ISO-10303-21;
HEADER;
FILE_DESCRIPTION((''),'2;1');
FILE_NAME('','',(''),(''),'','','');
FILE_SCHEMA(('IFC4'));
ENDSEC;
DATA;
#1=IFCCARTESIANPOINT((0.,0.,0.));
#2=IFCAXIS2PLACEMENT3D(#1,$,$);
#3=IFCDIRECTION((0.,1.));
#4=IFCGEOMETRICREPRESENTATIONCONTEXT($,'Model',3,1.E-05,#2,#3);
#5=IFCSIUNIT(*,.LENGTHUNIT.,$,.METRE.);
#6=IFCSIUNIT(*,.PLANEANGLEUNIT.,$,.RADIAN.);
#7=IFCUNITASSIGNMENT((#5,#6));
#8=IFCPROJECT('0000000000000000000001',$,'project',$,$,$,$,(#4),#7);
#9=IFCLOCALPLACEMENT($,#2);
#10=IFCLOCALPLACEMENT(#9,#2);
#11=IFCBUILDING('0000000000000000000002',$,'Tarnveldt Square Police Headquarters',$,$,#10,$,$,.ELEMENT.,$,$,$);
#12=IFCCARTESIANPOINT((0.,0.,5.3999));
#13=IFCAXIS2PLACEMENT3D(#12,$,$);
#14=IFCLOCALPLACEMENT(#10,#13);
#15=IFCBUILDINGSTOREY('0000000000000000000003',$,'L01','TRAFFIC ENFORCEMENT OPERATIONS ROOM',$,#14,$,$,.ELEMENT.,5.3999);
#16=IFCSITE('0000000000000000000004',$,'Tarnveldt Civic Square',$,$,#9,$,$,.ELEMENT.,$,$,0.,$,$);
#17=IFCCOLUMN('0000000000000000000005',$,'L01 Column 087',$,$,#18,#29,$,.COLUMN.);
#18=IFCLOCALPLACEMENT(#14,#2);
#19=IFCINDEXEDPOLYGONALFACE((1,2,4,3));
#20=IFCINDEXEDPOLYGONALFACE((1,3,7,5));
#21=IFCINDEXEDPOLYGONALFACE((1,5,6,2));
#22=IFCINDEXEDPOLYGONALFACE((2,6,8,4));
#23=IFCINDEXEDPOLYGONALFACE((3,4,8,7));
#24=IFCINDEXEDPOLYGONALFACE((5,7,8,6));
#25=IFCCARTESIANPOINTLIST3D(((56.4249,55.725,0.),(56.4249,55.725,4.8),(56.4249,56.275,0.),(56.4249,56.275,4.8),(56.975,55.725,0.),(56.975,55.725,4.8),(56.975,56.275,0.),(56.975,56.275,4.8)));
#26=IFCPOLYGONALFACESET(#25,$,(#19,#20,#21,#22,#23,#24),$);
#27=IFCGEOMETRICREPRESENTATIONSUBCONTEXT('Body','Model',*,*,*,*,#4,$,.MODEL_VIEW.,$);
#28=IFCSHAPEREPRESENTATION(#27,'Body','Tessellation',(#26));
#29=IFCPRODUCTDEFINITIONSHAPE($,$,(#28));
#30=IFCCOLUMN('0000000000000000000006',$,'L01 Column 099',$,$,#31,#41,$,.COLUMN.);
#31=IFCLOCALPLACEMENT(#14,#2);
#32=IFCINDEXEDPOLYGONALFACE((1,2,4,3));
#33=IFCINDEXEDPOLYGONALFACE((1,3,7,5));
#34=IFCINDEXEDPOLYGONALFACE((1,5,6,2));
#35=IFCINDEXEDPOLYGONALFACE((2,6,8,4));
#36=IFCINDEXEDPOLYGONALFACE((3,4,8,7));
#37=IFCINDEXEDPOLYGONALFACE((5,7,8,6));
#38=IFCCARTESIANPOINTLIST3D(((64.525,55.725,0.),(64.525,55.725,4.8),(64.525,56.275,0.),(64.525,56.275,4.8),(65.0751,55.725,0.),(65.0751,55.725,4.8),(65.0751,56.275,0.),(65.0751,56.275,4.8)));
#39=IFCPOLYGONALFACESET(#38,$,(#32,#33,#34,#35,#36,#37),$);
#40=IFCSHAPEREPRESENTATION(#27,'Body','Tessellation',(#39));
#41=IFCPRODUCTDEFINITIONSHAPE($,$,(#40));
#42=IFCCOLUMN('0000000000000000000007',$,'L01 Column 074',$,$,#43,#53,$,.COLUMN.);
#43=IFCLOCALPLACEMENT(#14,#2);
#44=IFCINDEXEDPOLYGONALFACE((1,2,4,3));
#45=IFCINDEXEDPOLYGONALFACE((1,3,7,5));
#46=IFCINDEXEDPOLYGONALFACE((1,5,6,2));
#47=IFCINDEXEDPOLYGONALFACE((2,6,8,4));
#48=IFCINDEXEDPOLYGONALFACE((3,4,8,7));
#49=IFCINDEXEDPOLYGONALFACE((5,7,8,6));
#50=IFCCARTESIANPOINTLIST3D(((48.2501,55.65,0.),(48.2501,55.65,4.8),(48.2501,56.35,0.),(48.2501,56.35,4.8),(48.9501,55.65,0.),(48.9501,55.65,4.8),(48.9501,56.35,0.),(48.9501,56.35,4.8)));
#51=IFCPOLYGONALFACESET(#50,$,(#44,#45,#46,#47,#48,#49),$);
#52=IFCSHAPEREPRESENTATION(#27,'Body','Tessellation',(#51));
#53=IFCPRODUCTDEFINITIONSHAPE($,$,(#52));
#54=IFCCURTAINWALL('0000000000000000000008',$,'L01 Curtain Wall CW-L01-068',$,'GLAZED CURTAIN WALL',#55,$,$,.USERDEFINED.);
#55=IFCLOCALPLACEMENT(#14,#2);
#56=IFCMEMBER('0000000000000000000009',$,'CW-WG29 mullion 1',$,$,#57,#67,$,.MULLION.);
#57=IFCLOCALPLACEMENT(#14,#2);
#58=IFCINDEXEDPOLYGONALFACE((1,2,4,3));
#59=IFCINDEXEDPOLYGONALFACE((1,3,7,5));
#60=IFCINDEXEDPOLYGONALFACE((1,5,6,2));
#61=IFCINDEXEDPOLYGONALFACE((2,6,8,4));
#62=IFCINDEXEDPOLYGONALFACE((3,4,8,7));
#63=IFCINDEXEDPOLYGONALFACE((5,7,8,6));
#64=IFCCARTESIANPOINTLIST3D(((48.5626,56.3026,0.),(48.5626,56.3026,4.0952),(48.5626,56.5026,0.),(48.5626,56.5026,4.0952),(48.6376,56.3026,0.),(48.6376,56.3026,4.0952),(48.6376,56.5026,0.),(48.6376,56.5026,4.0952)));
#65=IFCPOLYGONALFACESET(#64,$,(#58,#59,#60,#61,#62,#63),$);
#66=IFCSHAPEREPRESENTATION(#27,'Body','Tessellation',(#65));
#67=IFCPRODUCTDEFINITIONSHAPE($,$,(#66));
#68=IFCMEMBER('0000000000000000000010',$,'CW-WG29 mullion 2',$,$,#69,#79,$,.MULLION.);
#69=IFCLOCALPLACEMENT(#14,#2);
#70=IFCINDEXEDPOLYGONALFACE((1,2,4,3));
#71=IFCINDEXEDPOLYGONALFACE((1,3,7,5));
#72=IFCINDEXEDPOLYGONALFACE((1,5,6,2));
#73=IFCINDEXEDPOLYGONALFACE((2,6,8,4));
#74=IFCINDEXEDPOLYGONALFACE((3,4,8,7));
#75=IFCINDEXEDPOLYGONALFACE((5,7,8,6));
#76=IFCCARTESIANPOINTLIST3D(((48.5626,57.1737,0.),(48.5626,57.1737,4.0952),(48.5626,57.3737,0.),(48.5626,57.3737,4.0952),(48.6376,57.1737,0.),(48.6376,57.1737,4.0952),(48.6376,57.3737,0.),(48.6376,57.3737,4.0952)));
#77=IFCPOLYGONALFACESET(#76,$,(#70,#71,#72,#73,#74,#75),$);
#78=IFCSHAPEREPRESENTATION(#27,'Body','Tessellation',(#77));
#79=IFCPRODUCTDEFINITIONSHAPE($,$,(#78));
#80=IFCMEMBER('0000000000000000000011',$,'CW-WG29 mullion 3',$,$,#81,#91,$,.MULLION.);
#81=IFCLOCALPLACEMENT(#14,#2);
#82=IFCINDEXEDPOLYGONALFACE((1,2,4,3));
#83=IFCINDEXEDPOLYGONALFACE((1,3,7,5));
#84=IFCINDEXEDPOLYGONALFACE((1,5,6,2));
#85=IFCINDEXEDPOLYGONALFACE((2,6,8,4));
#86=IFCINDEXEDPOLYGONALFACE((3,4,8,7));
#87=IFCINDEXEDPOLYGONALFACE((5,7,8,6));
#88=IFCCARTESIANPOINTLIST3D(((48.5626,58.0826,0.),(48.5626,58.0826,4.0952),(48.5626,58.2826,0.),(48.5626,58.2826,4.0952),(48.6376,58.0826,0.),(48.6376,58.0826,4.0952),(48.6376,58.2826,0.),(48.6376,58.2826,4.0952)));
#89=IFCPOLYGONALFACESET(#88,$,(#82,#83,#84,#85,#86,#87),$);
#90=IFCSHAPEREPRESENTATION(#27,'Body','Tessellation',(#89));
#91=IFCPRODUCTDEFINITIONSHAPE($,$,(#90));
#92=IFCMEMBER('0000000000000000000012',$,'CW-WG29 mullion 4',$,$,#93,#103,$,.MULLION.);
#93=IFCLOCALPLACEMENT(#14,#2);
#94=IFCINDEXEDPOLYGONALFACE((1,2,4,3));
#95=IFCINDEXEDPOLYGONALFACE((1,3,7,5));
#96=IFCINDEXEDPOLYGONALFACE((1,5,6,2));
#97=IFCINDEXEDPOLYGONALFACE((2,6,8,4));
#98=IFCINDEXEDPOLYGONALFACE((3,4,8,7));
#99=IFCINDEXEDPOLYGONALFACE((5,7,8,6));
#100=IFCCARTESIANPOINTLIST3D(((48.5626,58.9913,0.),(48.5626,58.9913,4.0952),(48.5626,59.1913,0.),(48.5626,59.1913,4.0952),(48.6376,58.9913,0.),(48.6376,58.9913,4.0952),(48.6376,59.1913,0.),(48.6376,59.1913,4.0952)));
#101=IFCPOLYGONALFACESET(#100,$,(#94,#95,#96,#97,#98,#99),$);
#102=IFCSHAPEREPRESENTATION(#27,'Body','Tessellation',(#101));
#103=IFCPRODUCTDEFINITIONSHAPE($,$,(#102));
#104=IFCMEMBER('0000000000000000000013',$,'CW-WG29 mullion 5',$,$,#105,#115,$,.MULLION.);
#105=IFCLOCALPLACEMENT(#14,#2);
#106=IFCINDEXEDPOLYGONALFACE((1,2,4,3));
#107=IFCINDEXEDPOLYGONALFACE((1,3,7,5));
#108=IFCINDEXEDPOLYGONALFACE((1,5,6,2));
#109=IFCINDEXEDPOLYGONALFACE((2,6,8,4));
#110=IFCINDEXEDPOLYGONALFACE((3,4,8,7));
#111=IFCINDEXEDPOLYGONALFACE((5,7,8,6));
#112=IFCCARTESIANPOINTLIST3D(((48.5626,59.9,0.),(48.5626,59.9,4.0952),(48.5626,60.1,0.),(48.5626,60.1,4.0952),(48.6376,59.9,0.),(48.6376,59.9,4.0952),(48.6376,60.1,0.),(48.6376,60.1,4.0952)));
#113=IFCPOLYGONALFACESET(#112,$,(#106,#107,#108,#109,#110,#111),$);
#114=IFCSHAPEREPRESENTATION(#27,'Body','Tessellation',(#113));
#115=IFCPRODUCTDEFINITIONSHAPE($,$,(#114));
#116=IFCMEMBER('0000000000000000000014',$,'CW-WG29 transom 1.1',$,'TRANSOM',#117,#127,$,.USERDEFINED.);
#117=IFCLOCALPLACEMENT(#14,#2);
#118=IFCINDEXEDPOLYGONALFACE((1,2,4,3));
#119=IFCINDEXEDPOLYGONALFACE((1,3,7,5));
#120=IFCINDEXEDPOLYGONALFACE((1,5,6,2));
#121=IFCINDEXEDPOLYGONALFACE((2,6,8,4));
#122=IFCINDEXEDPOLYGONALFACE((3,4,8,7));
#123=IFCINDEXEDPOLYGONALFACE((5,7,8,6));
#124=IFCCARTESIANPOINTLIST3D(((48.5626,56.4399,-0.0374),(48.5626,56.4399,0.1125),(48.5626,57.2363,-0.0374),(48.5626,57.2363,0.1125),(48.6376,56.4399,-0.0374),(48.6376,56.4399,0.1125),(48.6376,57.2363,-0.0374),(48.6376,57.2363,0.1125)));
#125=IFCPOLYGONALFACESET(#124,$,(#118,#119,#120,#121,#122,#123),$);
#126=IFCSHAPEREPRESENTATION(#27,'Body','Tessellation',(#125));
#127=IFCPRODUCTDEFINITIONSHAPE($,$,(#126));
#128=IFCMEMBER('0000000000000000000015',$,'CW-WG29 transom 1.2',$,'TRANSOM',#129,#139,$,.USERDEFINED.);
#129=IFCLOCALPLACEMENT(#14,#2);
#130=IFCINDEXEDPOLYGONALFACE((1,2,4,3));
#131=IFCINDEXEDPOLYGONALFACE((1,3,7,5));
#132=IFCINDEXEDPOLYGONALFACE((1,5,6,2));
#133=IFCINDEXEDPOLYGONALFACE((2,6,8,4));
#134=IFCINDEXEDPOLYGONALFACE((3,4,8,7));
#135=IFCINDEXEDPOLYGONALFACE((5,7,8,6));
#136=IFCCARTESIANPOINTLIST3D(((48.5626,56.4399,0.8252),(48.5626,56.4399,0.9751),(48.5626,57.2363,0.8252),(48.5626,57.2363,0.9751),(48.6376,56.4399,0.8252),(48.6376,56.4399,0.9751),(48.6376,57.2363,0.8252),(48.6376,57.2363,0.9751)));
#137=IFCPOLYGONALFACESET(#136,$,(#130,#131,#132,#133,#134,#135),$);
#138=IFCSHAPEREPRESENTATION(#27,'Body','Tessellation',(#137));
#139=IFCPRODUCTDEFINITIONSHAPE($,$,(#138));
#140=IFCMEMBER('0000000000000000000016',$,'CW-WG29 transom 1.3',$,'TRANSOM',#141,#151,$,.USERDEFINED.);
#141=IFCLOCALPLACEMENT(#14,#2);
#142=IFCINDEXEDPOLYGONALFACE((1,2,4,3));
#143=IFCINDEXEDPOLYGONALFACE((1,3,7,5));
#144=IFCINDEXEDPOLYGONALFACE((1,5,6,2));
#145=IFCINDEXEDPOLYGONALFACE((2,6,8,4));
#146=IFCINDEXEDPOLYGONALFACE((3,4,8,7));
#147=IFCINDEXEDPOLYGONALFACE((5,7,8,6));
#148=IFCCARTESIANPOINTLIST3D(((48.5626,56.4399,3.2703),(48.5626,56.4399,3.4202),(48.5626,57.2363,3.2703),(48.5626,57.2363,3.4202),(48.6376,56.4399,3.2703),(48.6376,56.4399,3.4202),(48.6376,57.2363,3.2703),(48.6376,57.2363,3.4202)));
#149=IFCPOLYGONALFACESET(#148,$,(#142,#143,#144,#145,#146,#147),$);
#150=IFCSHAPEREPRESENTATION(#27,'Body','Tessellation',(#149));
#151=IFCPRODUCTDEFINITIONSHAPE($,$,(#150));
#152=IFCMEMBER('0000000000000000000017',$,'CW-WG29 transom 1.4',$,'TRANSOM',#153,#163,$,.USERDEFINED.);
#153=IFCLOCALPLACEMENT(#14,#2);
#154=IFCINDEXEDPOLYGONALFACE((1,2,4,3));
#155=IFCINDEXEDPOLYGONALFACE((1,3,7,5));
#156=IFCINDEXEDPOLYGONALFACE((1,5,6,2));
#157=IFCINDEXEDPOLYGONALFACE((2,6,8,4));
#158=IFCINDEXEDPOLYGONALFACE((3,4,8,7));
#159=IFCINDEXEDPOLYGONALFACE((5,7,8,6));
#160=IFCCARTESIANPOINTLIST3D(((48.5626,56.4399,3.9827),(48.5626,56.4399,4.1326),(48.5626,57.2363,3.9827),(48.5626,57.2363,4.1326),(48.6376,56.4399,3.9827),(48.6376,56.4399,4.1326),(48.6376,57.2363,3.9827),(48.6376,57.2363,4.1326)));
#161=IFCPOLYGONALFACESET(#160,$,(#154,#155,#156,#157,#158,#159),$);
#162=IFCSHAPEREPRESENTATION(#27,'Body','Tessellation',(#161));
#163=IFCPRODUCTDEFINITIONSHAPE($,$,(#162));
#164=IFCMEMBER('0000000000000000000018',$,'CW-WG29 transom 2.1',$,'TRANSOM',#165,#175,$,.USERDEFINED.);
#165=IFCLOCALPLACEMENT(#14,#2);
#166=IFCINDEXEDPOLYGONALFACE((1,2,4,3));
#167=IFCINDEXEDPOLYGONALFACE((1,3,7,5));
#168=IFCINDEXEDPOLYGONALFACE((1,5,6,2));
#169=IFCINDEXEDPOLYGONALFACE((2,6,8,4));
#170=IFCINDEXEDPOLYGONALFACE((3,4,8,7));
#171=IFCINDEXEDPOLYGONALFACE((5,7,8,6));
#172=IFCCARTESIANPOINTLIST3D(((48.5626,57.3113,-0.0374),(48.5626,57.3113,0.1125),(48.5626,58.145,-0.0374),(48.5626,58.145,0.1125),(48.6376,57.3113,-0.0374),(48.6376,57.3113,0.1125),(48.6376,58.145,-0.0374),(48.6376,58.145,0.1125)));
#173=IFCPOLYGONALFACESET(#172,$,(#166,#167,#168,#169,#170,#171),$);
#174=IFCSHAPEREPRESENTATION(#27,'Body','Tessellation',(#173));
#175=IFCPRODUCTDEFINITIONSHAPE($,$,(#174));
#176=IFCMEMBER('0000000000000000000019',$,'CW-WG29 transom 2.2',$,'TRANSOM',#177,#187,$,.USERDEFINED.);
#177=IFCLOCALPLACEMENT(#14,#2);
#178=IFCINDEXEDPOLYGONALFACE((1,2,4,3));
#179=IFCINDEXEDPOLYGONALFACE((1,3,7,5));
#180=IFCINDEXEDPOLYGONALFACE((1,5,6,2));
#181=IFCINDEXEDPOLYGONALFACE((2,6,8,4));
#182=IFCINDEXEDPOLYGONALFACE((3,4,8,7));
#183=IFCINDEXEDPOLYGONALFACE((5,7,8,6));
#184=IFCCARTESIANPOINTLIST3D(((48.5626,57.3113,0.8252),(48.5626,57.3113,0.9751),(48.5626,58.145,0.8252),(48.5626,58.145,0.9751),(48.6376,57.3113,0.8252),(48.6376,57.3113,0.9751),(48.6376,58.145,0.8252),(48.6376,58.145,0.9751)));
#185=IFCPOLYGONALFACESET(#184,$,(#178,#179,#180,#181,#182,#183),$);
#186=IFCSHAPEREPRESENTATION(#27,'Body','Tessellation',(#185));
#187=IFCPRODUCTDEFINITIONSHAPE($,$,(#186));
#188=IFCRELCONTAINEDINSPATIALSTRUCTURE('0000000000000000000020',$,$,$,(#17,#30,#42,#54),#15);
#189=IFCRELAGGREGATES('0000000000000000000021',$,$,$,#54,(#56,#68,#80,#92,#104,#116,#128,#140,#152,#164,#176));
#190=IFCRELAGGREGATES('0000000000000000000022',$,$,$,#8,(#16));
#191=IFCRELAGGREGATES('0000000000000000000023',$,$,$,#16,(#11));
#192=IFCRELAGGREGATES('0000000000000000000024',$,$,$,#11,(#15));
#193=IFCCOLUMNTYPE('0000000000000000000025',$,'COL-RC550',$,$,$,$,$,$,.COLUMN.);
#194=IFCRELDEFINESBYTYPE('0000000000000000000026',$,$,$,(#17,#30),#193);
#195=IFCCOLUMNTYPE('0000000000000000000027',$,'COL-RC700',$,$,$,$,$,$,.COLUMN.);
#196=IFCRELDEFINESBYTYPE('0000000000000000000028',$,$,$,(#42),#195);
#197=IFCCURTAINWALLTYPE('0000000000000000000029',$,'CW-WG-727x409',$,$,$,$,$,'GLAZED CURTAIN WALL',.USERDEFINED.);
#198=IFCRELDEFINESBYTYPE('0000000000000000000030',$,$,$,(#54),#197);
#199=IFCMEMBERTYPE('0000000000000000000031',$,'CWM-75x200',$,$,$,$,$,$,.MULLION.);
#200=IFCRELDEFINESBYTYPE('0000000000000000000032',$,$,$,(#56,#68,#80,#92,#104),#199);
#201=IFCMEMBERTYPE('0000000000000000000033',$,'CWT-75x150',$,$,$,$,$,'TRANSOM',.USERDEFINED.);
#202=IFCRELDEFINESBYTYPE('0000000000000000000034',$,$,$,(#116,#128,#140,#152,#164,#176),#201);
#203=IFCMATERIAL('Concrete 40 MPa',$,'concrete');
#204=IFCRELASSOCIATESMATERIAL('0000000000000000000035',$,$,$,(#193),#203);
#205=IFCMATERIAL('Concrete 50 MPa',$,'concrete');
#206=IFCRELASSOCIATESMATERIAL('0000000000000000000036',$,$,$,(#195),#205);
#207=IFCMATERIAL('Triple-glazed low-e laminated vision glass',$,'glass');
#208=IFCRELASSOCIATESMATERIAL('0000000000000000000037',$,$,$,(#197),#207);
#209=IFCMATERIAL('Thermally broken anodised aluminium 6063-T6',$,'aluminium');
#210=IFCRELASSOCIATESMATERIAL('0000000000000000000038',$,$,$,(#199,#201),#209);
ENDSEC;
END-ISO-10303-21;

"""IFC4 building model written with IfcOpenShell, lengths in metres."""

from ifc_helpers import new_model, si_unit, direction, frame, origin, origin_2d, place, context, subcontext, project, spatial, rectangle, extrude, material, material_profile, profile_set, type_object, element, aggregate, save


model = new_model("IFC4")

# Units and contexts
model_context = context("Model", 3, precision=1e-05, world=origin(), true_north=direction((0.0, 1.0)))
body_context = subcontext(model_context, "Body", "Model", "MODEL_VIEW")
ifc_project = project(units=[si_unit("LENGTHUNIT", "METRE"), si_unit("PLANEANGLEUNIT", "RADIAN")], contexts=[model_context])

# Site, building, storey
site_placement = place(None, origin())
site = spatial("IfcSite", under=ifc_project, at=site_placement, Name="Tarnveldt Civic Square", CompositionType="ELEMENT", RefElevation=0.0)
building_placement = place(site_placement, origin())
building = spatial("IfcBuilding", under=site, at=building_placement, Name="Tarnveldt Square Police Headquarters", CompositionType="ELEMENT")
storey_placement = place(building_placement, frame((0.0, 0.0, 5.3999)))
storey = spatial("IfcBuildingStorey", under=building, at=storey_placement, Name="L01", Description="TRAFFIC ENFORCEMENT OPERATIONS ROOM", CompositionType="ELEMENT", Elevation=5.3999)

# Columns
ifc_material_1 = material(Name="Concrete 40 MPa", Category="concrete")
ifc_material_profile_1 = material_profile(ifc_material_1, rectangle(XDim=0.55, YDim=0.55, at=origin_2d()), Name="RC-C550x550")
ifc_profile_set_1 = profile_set([ifc_material_profile_1], Name="Concrete 40 MPa")
column_type_1 = type_object("IfcColumnType", Name="COL-RC550", PredefinedType="COLUMN", material=ifc_profile_set_1)
for number, where, z_axis, x_axis, name in (
    (1, (56.7, 56.0, 0.0), (0.0, 0.0, 1.0), (1.0, 0.0, 0.0), "L01 Column 087"),
    (2, (64.8, 56.0, 0.0), (0.0, 0.0, 1.0), (1.0, 0.0, 0.0), "L01 Column 099"),
):
    element("IfcColumn", number, at=place(storey_placement, frame(where, z_axis=z_axis, x_axis=x_axis)), inside=storey, type_object=column_type_1, Name=name, PredefinedType="COLUMN", context=body_context, shape_type="SweptSolid", body=[
        extrude(rectangle(XDim=0.55, YDim=0.55, at=origin_2d()), origin(), (0.0, 0.0, 1.0), 4.8),
    ])
ifc_material_2 = material(Name="Concrete 50 MPa", Category="concrete")
ifc_material_profile_2 = material_profile(ifc_material_2, rectangle(XDim=0.7, YDim=0.7, at=origin_2d()), Name="RC-C700x700")
ifc_profile_set_2 = profile_set([ifc_material_profile_2], Name="Concrete 50 MPa")
column_type_2 = type_object("IfcColumnType", Name="COL-RC700", PredefinedType="COLUMN", material=ifc_profile_set_2)
column_placement = place(storey_placement, frame((48.6001, 56.0, 0.0), z_axis=(0.0, 0.0, 1.0), x_axis=(1.0, 0.0, 0.0)))
element("IfcColumn", 3, at=column_placement, inside=storey, type_object=column_type_2, Name="L01 Column 074", PredefinedType="COLUMN", context=body_context, shape_type="SweptSolid", body=[
    extrude(rectangle(XDim=0.7, YDim=0.7, at=origin_2d()), origin(), (0.0, 0.0, 1.0), 4.8),
])

# Curtain wall, members
ifc_material_3 = material(Name="Triple-glazed low-e laminated vision glass", Category="glass")
curtain_wall_type = type_object("IfcCurtainWallType", Name="CW-WG-727x409", ElementType="GLAZED CURTAIN WALL", PredefinedType="USERDEFINED", material=ifc_material_3)
curtain_wall_placement = place(storey_placement, origin())
curtain_wall = element("IfcCurtainWall", 4, at=curtain_wall_placement, inside=storey, type_object=curtain_wall_type, Name="L01 Curtain Wall CW-L01-068", ObjectType="GLAZED CURTAIN WALL", PredefinedType="USERDEFINED")
ifc_material_4 = material(Name="Thermally broken anodised aluminium 6063-T6", Category="aluminium")
ifc_material_profile_3 = material_profile(ifc_material_4, rectangle(XDim=0.075, YDim=0.2, at=origin_2d()), Name="CW-M75x200")
ifc_profile_set_3 = profile_set([ifc_material_profile_3], Name="Thermally broken anodised aluminium 6063-T6")
member_type_1 = type_object("IfcMemberType", Name="CWM-75x200", PredefinedType="MULLION", material=ifc_profile_set_3)
member_1_placement = place(storey_placement, frame((48.6001, 56.4026, 0.0), z_axis=(0.0, 0.0, 1.0), x_axis=(-1.0, 0.0, 0.0)))
member_1 = element("IfcMember", 5, at=member_1_placement, type_object=member_type_1, Name="CW-WG29 mullion 1", PredefinedType="MULLION", context=body_context, shape_type="SweptSolid", body=[
    extrude(rectangle(XDim=0.075, YDim=0.2, at=origin_2d()), origin(), (0.0, 0.0, 1.0), 4.0952),
])
member_2_placement = place(storey_placement, frame((48.6001, 57.2737, 0.0), z_axis=(0.0, 0.0, 1.0), x_axis=(-1.0, 0.0, 0.0)))
member_2 = element("IfcMember", 6, at=member_2_placement, type_object=member_type_1, Name="CW-WG29 mullion 2", PredefinedType="MULLION", context=body_context, shape_type="SweptSolid", body=[
    extrude(rectangle(XDim=0.075, YDim=0.2, at=origin_2d()), origin(), (0.0, 0.0, 1.0), 4.0952),
])
member_3_placement = place(storey_placement, frame((48.6001, 58.1826, 0.0), z_axis=(0.0, 0.0, 1.0), x_axis=(-1.0, 0.0, 0.0)))
member_3 = element("IfcMember", 7, at=member_3_placement, type_object=member_type_1, Name="CW-WG29 mullion 3", PredefinedType="MULLION", context=body_context, shape_type="SweptSolid", body=[
    extrude(rectangle(XDim=0.075, YDim=0.2, at=origin_2d()), origin(), (0.0, 0.0, 1.0), 4.0952),
])
member_4_placement = place(storey_placement, frame((48.6001, 59.0913, 0.0), z_axis=(0.0, 0.0, 1.0), x_axis=(-1.0, 0.0, 0.0)))
member_4 = element("IfcMember", 8, at=member_4_placement, type_object=member_type_1, Name="CW-WG29 mullion 4", PredefinedType="MULLION", context=body_context, shape_type="SweptSolid", body=[
    extrude(rectangle(XDim=0.075, YDim=0.2, at=origin_2d()), origin(), (0.0, 0.0, 1.0), 4.0952),
])
member_5_placement = place(storey_placement, frame((48.6001, 60.0, 0.0), z_axis=(0.0, 0.0, 1.0), x_axis=(-1.0, 0.0, 0.0)))
member_5 = element("IfcMember", 9, at=member_5_placement, type_object=member_type_1, Name="CW-WG29 mullion 5", PredefinedType="MULLION", context=body_context, shape_type="SweptSolid", body=[
    extrude(rectangle(XDim=0.075, YDim=0.2, at=origin_2d()), origin(), (0.0, 0.0, 1.0), 4.0952),
])
ifc_material_profile_4 = material_profile(ifc_material_4, rectangle(XDim=0.075, YDim=0.1499, at=origin_2d()), Name="CW-T75x150")
ifc_profile_set_4 = profile_set([ifc_material_profile_4], Name="Thermally broken anodised aluminium 6063-T6")
member_type_2 = type_object("IfcMemberType", Name="CWT-75x150", ElementType="TRANSOM", PredefinedType="USERDEFINED", material=ifc_profile_set_4)
member_6_placement = place(storey_placement, frame((48.6001, 56.4399, 0.0376), z_axis=(0.0, 1.0, 0.0), x_axis=(-1.0, 0.0, 0.0)))
member_6 = element("IfcMember", 10, at=member_6_placement, type_object=member_type_2, Name="CW-WG29 transom 1.1", ObjectType="TRANSOM", PredefinedType="USERDEFINED", context=body_context, shape_type="SweptSolid", body=[
    extrude(rectangle(XDim=0.075, YDim=0.1499, at=origin_2d()), origin(), (0.0, 0.0, 1.0), 0.7964),
])
member_7_placement = place(storey_placement, frame((48.6001, 56.4399, 0.9001), z_axis=(0.0, 1.0, 0.0), x_axis=(-1.0, 0.0, 0.0)))
member_7 = element("IfcMember", 11, at=member_7_placement, type_object=member_type_2, Name="CW-WG29 transom 1.2", ObjectType="TRANSOM", PredefinedType="USERDEFINED", context=body_context, shape_type="SweptSolid", body=[
    extrude(rectangle(XDim=0.075, YDim=0.1499, at=origin_2d()), origin(), (0.0, 0.0, 1.0), 0.7964),
])
member_8_placement = place(storey_placement, frame((48.6001, 56.4399, 3.3452), z_axis=(0.0, 1.0, 0.0), x_axis=(-1.0, 0.0, 0.0)))
member_8 = element("IfcMember", 12, at=member_8_placement, type_object=member_type_2, Name="CW-WG29 transom 1.3", ObjectType="TRANSOM", PredefinedType="USERDEFINED", context=body_context, shape_type="SweptSolid", body=[
    extrude(rectangle(XDim=0.075, YDim=0.1499, at=origin_2d()), origin(), (0.0, 0.0, 1.0), 0.7964),
])
member_9_placement = place(storey_placement, frame((48.6001, 56.4399, 4.0576), z_axis=(0.0, 1.0, 0.0), x_axis=(-1.0, 0.0, 0.0)))
member_9 = element("IfcMember", 13, at=member_9_placement, type_object=member_type_2, Name="CW-WG29 transom 1.4", ObjectType="TRANSOM", PredefinedType="USERDEFINED", context=body_context, shape_type="SweptSolid", body=[
    extrude(rectangle(XDim=0.075, YDim=0.1499, at=origin_2d()), origin(), (0.0, 0.0, 1.0), 0.7964),
])
member_10_placement = place(storey_placement, frame((48.6001, 57.3113, 0.0376), z_axis=(0.0, 1.0, 0.0), x_axis=(-1.0, 0.0, 0.0)))
member_10 = element("IfcMember", 14, at=member_10_placement, type_object=member_type_2, Name="CW-WG29 transom 2.1", ObjectType="TRANSOM", PredefinedType="USERDEFINED", context=body_context, shape_type="SweptSolid", body=[
    extrude(rectangle(XDim=0.075, YDim=0.1499, at=origin_2d()), origin(), (0.0, 0.0, 1.0), 0.8337),
])
member_11_placement = place(storey_placement, frame((48.6001, 57.3113, 0.9001), z_axis=(0.0, 1.0, 0.0), x_axis=(-1.0, 0.0, 0.0)))
member_11 = element("IfcMember", 15, at=member_11_placement, type_object=member_type_2, Name="CW-WG29 transom 2.2", ObjectType="TRANSOM", PredefinedType="USERDEFINED", context=body_context, shape_type="SweptSolid", body=[
    extrude(rectangle(XDim=0.075, YDim=0.1499, at=origin_2d()), origin(), (0.0, 0.0, 1.0), 0.8337),
])
aggregate(curtain_wall, [member_1, member_2, member_3, member_4, member_5, member_6, member_7, member_8, member_9, member_10, member_11])

save(model, "model.ifc")
